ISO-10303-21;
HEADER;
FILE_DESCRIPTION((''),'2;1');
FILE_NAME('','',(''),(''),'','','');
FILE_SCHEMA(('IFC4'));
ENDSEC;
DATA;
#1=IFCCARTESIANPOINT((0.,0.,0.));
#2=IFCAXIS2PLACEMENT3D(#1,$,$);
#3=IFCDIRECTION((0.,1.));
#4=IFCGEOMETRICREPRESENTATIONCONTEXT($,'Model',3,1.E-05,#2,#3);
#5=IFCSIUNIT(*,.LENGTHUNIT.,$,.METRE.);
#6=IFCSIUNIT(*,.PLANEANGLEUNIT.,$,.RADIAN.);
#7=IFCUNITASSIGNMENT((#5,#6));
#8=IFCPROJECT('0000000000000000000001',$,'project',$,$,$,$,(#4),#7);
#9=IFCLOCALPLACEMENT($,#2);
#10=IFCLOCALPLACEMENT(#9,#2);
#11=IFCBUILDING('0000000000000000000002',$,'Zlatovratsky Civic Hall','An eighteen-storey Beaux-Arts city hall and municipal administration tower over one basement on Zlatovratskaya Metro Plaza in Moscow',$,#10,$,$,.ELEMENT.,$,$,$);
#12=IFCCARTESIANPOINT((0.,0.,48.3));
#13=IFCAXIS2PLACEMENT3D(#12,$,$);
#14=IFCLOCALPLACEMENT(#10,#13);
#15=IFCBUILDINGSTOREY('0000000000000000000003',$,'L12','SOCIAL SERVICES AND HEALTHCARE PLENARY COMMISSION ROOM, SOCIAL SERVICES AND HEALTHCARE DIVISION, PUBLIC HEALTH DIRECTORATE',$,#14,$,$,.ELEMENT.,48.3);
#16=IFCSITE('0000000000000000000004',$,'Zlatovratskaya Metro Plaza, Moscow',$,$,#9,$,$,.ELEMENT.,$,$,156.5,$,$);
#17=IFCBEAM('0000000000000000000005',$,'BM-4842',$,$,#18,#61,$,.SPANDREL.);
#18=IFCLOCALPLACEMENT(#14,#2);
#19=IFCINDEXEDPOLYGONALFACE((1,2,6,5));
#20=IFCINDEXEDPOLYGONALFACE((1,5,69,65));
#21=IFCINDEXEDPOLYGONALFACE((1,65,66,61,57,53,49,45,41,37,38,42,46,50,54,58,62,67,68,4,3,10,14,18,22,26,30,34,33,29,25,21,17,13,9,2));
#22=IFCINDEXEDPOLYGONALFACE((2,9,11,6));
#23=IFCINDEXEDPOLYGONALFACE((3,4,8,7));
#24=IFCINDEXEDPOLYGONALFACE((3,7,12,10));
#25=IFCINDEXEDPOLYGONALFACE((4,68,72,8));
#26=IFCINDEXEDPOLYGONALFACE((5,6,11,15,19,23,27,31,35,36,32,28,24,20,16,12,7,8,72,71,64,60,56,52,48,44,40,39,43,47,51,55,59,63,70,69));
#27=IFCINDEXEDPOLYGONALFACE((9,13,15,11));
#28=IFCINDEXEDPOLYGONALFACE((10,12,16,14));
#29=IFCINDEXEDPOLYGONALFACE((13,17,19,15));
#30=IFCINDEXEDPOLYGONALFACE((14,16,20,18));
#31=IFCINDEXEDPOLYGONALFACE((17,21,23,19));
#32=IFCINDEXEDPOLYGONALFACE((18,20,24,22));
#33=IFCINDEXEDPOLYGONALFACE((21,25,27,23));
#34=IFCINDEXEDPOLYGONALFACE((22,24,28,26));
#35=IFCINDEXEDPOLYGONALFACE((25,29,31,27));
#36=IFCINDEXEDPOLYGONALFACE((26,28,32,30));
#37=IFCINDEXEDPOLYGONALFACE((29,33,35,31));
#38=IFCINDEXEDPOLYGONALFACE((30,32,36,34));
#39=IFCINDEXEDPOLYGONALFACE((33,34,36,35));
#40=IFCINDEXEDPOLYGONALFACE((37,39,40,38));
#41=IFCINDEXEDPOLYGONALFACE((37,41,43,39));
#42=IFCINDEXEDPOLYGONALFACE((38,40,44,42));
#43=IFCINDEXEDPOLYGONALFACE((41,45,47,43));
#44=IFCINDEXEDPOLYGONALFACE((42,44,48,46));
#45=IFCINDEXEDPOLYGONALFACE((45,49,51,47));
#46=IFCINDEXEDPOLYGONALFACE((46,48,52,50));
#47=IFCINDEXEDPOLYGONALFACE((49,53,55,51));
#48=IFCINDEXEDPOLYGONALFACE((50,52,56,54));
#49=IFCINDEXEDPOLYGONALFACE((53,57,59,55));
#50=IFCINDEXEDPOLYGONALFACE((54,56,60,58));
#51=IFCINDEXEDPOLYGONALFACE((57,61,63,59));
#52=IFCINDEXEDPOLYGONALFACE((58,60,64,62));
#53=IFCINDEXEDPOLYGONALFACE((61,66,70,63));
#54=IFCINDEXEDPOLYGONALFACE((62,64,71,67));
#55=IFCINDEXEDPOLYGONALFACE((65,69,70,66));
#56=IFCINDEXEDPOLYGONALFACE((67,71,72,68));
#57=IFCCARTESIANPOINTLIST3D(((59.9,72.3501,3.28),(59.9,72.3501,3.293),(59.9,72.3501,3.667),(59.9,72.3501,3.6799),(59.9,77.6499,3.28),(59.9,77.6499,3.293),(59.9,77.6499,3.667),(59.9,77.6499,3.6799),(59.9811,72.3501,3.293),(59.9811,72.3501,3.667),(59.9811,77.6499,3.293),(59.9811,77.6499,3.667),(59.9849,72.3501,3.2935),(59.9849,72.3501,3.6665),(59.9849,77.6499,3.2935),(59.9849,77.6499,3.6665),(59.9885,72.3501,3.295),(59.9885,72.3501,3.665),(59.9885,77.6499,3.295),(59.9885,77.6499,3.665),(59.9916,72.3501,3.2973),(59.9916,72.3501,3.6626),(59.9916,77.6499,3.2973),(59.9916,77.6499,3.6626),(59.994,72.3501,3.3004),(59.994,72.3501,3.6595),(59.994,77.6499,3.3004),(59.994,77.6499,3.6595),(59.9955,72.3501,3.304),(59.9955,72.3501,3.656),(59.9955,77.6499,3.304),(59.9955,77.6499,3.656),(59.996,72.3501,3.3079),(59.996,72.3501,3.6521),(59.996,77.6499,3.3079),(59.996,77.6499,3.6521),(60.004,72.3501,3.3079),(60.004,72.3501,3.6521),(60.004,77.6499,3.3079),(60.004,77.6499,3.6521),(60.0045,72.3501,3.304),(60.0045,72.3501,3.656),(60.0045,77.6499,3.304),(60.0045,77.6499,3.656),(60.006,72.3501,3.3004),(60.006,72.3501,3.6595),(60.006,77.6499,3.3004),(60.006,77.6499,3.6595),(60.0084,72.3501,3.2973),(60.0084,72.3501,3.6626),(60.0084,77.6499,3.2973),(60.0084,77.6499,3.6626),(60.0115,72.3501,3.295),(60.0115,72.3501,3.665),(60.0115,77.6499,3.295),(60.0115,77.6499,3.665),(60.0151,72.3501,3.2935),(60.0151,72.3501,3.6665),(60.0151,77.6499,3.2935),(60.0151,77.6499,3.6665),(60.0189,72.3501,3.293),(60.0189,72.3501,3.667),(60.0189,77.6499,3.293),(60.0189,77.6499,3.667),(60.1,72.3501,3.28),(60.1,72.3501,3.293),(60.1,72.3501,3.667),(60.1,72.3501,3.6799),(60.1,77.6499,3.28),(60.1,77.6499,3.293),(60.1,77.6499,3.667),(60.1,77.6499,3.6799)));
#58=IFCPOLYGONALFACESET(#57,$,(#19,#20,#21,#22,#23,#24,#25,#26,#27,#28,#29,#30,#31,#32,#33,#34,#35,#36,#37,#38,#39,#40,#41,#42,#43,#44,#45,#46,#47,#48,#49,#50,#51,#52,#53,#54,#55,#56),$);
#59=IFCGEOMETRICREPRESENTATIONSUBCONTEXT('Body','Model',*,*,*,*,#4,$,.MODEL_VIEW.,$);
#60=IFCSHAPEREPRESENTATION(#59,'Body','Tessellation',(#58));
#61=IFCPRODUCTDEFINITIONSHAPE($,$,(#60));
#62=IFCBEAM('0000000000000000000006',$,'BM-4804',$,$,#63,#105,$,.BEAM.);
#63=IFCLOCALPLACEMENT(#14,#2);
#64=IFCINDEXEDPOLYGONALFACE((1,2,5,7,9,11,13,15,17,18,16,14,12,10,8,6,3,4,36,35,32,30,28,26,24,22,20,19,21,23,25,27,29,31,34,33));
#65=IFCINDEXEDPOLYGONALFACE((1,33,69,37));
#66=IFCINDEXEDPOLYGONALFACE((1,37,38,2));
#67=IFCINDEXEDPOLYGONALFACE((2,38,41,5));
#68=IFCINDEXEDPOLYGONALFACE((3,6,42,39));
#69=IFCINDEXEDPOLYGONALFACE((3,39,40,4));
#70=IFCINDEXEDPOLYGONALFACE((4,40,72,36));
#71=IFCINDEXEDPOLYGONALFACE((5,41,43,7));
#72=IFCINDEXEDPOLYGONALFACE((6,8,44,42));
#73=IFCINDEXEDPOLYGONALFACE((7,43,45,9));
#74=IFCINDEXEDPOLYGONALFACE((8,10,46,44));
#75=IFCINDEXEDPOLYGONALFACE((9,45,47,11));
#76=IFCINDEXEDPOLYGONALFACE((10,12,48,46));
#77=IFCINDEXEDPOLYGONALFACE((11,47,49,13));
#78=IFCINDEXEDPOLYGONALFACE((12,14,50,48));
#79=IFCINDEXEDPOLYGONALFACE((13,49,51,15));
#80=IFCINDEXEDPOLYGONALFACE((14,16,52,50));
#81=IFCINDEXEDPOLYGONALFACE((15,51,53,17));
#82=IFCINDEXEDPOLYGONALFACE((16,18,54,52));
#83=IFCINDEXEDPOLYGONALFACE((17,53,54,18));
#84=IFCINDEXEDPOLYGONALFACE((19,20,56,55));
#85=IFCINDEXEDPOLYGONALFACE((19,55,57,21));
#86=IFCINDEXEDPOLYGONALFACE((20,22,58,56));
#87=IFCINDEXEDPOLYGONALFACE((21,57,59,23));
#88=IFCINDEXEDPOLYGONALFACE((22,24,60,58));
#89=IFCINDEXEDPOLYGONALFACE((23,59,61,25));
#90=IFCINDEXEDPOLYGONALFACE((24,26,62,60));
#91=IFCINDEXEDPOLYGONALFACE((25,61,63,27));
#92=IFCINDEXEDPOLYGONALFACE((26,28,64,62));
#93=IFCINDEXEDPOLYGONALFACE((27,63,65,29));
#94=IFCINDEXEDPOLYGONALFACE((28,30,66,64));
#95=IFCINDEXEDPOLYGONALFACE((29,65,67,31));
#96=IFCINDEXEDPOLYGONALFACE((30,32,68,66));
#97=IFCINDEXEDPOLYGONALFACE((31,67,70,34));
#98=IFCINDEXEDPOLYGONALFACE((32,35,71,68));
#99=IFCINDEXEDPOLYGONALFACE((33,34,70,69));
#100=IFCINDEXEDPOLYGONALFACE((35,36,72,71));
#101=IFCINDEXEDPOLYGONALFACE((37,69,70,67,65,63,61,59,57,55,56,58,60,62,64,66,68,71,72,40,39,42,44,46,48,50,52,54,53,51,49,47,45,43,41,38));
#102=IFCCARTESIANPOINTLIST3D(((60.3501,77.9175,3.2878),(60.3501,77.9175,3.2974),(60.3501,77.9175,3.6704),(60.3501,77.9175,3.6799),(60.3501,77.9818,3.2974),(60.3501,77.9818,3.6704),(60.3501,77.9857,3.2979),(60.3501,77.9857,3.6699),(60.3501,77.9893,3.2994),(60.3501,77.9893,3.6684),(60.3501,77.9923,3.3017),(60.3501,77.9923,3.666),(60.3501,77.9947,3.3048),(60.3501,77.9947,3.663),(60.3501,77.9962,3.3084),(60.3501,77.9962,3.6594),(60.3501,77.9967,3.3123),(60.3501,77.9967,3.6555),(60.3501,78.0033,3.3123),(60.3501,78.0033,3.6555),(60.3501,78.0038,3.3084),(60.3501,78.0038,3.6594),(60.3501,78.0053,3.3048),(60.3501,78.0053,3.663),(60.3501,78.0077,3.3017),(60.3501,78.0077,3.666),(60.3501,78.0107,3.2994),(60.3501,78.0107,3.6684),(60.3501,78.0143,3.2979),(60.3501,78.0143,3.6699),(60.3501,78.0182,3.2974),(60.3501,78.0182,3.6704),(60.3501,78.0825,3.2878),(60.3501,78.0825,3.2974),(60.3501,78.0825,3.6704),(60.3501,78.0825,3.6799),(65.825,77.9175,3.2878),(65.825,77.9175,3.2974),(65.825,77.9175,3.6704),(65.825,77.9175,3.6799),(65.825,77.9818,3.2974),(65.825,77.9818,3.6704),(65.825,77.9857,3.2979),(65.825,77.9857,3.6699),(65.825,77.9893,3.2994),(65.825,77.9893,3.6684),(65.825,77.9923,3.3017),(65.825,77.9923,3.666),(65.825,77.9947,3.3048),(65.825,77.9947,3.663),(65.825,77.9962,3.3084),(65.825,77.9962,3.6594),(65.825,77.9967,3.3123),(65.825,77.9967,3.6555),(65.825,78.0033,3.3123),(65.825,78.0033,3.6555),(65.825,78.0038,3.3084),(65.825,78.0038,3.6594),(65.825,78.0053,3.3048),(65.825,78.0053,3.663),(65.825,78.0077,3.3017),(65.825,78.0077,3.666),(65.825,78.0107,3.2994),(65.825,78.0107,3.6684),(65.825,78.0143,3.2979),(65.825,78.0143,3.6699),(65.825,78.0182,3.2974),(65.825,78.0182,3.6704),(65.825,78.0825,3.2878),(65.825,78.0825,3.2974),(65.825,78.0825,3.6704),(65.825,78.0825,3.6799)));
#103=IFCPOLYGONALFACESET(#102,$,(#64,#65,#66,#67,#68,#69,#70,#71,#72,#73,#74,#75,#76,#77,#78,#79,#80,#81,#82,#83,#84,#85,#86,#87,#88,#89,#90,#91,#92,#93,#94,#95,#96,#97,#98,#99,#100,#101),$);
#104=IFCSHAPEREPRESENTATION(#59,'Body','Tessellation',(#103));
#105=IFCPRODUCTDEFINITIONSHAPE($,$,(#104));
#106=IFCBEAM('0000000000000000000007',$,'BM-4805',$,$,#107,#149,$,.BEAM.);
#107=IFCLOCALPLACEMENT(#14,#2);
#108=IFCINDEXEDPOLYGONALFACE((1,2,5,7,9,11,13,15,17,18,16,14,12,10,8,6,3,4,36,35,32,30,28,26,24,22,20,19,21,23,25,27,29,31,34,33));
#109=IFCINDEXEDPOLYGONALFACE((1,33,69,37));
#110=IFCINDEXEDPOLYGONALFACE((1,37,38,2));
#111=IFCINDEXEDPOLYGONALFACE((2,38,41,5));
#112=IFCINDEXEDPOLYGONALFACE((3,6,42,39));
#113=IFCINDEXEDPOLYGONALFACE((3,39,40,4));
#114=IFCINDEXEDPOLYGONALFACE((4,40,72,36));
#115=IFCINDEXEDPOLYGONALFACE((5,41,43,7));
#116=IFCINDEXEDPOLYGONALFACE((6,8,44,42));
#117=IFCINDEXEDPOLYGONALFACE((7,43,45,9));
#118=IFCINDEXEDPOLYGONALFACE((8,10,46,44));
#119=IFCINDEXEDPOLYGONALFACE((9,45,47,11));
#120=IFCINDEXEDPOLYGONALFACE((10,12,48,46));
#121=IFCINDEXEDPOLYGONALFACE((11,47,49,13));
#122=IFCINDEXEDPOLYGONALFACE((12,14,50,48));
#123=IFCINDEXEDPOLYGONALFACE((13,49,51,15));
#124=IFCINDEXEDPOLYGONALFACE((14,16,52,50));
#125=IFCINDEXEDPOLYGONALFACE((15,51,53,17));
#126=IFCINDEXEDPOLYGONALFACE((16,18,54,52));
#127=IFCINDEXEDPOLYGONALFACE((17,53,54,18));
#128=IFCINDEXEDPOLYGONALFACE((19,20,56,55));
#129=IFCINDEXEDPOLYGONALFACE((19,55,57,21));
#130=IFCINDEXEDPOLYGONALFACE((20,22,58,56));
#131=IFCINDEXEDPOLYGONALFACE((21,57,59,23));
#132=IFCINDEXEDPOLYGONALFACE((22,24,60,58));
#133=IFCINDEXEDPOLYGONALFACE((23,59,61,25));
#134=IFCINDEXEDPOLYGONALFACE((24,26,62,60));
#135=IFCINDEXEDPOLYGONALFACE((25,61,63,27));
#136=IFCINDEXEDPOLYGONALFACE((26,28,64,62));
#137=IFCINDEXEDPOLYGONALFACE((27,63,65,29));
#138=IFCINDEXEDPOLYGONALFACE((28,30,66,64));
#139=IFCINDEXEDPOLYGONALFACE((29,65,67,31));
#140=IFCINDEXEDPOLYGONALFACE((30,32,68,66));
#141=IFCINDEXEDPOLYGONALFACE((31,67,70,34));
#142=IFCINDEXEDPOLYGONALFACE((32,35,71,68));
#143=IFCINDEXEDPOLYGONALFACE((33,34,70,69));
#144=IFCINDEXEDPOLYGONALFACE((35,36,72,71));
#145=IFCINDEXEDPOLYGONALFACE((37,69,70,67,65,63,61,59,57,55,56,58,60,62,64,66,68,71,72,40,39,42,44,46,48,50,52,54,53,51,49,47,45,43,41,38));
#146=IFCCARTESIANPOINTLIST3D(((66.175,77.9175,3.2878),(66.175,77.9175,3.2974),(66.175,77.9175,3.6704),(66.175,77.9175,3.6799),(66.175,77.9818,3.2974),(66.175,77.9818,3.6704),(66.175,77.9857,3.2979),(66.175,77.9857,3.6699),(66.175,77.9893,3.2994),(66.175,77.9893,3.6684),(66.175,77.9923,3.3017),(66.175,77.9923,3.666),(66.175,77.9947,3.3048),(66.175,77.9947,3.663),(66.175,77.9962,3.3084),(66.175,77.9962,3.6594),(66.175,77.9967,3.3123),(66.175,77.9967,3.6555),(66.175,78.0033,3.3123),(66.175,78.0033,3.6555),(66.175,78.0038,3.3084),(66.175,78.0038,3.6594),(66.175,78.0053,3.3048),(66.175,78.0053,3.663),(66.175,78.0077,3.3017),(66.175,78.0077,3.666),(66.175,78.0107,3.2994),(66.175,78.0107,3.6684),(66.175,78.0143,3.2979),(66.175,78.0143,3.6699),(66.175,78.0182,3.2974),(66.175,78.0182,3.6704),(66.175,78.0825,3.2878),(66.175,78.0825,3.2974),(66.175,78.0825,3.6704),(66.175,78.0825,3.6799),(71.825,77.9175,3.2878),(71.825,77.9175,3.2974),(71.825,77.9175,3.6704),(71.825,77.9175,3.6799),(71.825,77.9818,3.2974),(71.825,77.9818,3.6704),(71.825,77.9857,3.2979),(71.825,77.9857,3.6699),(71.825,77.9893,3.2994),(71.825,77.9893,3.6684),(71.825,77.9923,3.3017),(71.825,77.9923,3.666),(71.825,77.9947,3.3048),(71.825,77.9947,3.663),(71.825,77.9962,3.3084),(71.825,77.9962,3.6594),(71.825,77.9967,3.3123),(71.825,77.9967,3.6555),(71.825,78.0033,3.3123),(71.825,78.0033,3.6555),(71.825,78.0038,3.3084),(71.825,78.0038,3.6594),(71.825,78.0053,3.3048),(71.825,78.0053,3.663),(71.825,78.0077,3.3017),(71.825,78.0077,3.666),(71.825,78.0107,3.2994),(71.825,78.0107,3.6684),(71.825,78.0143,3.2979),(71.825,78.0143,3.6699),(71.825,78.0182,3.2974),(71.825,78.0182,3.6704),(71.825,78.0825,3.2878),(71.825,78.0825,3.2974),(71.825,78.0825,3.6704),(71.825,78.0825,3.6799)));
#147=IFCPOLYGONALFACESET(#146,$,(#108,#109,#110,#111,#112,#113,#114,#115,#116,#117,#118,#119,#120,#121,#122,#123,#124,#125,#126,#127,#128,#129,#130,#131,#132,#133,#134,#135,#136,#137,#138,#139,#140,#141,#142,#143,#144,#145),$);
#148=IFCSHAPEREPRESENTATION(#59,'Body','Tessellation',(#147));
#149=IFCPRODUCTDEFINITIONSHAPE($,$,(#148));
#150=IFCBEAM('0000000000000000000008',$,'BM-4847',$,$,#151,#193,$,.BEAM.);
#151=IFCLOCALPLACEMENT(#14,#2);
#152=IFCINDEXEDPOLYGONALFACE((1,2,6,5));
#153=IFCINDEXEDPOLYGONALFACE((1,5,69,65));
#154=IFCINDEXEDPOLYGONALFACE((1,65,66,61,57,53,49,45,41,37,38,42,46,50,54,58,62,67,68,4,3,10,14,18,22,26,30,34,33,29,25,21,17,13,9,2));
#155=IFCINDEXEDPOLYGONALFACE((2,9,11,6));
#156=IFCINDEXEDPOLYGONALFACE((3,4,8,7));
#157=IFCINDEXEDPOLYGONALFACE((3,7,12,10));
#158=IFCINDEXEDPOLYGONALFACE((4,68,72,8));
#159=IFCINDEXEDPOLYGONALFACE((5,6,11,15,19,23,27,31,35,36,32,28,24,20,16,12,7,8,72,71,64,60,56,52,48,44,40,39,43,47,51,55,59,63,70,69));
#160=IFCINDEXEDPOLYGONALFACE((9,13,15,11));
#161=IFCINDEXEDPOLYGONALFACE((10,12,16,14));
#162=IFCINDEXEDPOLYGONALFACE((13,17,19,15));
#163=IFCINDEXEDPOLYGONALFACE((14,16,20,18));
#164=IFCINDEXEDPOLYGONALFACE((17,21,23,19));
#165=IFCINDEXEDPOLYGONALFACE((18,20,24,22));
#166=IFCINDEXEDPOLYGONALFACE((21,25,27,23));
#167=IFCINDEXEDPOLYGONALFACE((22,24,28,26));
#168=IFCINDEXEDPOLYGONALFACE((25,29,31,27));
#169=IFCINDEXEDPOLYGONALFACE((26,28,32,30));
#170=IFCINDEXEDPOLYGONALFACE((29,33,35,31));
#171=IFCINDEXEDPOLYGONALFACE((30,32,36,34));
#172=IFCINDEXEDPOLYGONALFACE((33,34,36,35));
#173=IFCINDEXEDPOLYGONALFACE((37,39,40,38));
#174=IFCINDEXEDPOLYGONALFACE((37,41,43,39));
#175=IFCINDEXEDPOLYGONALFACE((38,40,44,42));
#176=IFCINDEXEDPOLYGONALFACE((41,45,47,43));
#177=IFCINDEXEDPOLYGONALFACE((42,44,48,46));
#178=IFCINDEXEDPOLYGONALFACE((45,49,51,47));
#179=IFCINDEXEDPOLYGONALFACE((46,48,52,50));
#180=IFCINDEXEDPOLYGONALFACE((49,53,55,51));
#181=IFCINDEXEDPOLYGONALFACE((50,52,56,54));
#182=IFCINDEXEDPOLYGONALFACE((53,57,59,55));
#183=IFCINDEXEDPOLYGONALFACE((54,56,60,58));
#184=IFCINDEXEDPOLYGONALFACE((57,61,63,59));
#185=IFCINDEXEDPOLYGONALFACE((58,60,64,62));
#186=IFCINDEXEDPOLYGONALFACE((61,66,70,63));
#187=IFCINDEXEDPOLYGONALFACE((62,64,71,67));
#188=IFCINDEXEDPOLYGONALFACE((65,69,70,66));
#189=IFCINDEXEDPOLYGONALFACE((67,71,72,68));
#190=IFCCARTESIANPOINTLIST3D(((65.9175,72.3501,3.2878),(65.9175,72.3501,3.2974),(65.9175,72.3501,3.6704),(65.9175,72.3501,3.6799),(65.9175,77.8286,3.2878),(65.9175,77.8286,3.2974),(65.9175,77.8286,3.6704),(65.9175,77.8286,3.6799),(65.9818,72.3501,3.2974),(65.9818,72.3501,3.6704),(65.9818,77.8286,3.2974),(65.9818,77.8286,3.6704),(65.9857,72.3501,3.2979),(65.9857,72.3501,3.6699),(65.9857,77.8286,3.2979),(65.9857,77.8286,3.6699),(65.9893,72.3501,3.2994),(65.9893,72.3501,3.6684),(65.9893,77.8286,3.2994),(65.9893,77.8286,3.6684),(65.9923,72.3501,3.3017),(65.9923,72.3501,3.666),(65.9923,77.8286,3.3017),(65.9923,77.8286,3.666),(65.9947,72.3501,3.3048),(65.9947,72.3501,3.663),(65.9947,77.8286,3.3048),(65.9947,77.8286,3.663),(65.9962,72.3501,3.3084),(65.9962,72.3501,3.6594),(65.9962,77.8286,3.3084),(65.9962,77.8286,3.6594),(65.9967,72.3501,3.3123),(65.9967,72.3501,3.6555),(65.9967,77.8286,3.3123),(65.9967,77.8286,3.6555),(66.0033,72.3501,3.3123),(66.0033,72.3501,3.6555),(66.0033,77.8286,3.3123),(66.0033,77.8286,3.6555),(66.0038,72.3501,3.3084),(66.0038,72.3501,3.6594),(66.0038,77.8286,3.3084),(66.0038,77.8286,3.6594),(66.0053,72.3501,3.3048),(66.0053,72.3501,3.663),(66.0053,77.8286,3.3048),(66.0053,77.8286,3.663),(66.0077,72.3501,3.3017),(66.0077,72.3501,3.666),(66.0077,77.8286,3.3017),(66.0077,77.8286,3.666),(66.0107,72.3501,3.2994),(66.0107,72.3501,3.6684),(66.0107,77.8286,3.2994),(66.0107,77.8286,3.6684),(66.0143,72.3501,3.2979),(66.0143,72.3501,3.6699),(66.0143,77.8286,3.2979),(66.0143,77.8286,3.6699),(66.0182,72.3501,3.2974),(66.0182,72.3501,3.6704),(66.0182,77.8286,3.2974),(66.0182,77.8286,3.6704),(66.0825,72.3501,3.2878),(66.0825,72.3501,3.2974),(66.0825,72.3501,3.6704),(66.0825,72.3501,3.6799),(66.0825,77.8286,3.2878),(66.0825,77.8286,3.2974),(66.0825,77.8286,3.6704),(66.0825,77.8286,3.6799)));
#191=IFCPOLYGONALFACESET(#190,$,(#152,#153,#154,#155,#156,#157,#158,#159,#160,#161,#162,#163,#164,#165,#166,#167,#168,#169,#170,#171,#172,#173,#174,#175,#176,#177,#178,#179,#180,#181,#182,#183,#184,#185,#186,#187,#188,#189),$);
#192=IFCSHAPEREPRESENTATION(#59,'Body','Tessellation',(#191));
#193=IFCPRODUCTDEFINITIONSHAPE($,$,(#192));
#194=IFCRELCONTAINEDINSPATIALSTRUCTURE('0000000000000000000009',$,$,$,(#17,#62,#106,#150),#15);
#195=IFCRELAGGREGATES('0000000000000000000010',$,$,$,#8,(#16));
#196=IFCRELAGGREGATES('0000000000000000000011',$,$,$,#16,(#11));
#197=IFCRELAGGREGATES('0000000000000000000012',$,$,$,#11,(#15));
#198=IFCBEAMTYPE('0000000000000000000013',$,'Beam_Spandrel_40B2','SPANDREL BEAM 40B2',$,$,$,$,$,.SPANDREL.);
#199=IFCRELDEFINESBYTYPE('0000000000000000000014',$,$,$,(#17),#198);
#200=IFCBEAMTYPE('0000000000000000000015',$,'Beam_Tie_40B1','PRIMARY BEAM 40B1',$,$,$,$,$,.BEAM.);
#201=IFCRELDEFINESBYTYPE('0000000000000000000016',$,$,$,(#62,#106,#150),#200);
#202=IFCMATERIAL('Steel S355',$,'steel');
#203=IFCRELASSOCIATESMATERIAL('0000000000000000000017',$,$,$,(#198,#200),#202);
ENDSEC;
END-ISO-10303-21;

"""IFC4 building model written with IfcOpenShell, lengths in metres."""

from ifc_helpers import new_model, si_unit, direction, frame, origin, origin_2d, place, context, subcontext, project, spatial, i_section, extrude, material, material_profile, profile_set, type_object, element, save


model = new_model("IFC4")

# Units and contexts
model_context = context("Model", 3, precision=1e-05, world=origin(), true_north=direction((0.0, 1.0)))
body_context = subcontext(model_context, "Body", "Model", "MODEL_VIEW")
ifc_project = project(units=[si_unit("LENGTHUNIT", "METRE"), si_unit("PLANEANGLEUNIT", "RADIAN")], contexts=[model_context])

# Site, building, storey
site_placement = place(None, origin())
site = spatial("IfcSite", under=ifc_project, at=site_placement, Name="Zlatovratskaya Metro Plaza, Moscow", CompositionType="ELEMENT", RefElevation=156.5)
building_placement = place(site_placement, origin())
building = spatial("IfcBuilding", under=site, at=building_placement, Name="Zlatovratsky Civic Hall", Description="An eighteen-storey Beaux-Arts city hall and municipal administration tower over one basement on Zlatovratskaya Metro Plaza in Moscow", CompositionType="ELEMENT")
storey_placement = place(building_placement, frame((0.0, 0.0, 48.3)))
storey = spatial("IfcBuildingStorey", under=building, at=storey_placement, Name="L12", Description="SOCIAL SERVICES AND HEALTHCARE PLENARY COMMISSION ROOM, SOCIAL SERVICES AND HEALTHCARE DIVISION, PUBLIC HEALTH DIRECTORATE", CompositionType="ELEMENT", Elevation=48.3)

# Shared definitions
ifc_material_1 = material(Name="Steel S355", Category="steel")

# Beams
ifc_material_profile_1 = material_profile(ifc_material_1, i_section(OverallWidth=0.2, OverallDepth=0.3999, WebThickness=0.0081, FlangeThickness=0.0129, FilletRadius=0.0149, at=origin_2d()), Name="40B2")
ifc_profile_set_1 = profile_set([ifc_material_profile_1], Name="Steel S355")
beam_type_1 = type_object("IfcBeamType", Name="Beam_Spandrel_40B2", Description="SPANDREL BEAM 40B2", PredefinedType="SPANDREL", material=ifc_profile_set_1)
for number, where, z_axis, x_axis, name in (
    (1, (60.0, 72.3501, 3.48), (0.0, 1.0, 0.0), (-1.0, 0.0, 0.0), "BM-4842"),
):
    element("IfcBeam", number, at=place(storey_placement, frame(where, z_axis=z_axis, x_axis=x_axis)), inside=storey, type_object=beam_type_1, Name=name, PredefinedType="SPANDREL", context=body_context, shape_type="SweptSolid", body=[
        extrude(i_section(OverallWidth=0.2, OverallDepth=0.3999, WebThickness=0.0081, FlangeThickness=0.0129, FilletRadius=0.0149, at=origin_2d()), origin(), (0.0, 0.0, 1.0), 5.2998),
    ])
ifc_material_profile_2 = material_profile(ifc_material_1, i_section(OverallWidth=0.165, OverallDepth=0.3921, WebThickness=0.0066, FlangeThickness=0.0095, FilletRadius=0.0149, at=origin_2d()), Name="40B1")
ifc_profile_set_2 = profile_set([ifc_material_profile_2], Name="Steel S355")
beam_type_2 = type_object("IfcBeamType", Name="Beam_Tie_40B1", Description="PRIMARY BEAM 40B1", PredefinedType="BEAM", material=ifc_profile_set_2)
beam_1_placement = place(storey_placement, frame((60.3501, 78.0, 3.4839), z_axis=(1.0, 0.0, 0.0), x_axis=(0.0, 1.0, 0.0)))
element("IfcBeam", 2, at=beam_1_placement, inside=storey, type_object=beam_type_2, Name="BM-4804", PredefinedType="BEAM", context=body_context, shape_type="SweptSolid", body=[
    extrude(i_section(OverallWidth=0.165, OverallDepth=0.3921, WebThickness=0.0066, FlangeThickness=0.0095, FilletRadius=0.0149, at=origin_2d()), origin(), (0.0, 0.0, 1.0), 5.4749),
])
beam_2_placement = place(storey_placement, frame((66.175, 78.0, 3.4839), z_axis=(1.0, 0.0, 0.0), x_axis=(0.0, 1.0, 0.0)))
element("IfcBeam", 3, at=beam_2_placement, inside=storey, type_object=beam_type_2, Name="BM-4805", PredefinedType="BEAM", context=body_context, shape_type="SweptSolid", body=[
    extrude(i_section(OverallWidth=0.165, OverallDepth=0.3921, WebThickness=0.0066, FlangeThickness=0.0095, FilletRadius=0.0149, at=origin_2d()), origin(), (0.0, 0.0, 1.0), 5.6499),
])
for number, where, z_axis, x_axis, name in (
    (4, (66.0, 72.3501, 3.4839), (0.0, 1.0, 0.0), (-1.0, 0.0, 0.0), "BM-4847"),
):
    element("IfcBeam", number, at=place(storey_placement, frame(where, z_axis=z_axis, x_axis=x_axis)), inside=storey, type_object=beam_type_2, Name=name, PredefinedType="BEAM", context=body_context, shape_type="SweptSolid", body=[
        extrude(i_section(OverallWidth=0.165, OverallDepth=0.3921, WebThickness=0.0066, FlangeThickness=0.0095, FilletRadius=0.0149, at=origin_2d()), origin(), (0.0, 0.0, 1.0), 5.4785),
    ])

save(model, "model.ifc")
